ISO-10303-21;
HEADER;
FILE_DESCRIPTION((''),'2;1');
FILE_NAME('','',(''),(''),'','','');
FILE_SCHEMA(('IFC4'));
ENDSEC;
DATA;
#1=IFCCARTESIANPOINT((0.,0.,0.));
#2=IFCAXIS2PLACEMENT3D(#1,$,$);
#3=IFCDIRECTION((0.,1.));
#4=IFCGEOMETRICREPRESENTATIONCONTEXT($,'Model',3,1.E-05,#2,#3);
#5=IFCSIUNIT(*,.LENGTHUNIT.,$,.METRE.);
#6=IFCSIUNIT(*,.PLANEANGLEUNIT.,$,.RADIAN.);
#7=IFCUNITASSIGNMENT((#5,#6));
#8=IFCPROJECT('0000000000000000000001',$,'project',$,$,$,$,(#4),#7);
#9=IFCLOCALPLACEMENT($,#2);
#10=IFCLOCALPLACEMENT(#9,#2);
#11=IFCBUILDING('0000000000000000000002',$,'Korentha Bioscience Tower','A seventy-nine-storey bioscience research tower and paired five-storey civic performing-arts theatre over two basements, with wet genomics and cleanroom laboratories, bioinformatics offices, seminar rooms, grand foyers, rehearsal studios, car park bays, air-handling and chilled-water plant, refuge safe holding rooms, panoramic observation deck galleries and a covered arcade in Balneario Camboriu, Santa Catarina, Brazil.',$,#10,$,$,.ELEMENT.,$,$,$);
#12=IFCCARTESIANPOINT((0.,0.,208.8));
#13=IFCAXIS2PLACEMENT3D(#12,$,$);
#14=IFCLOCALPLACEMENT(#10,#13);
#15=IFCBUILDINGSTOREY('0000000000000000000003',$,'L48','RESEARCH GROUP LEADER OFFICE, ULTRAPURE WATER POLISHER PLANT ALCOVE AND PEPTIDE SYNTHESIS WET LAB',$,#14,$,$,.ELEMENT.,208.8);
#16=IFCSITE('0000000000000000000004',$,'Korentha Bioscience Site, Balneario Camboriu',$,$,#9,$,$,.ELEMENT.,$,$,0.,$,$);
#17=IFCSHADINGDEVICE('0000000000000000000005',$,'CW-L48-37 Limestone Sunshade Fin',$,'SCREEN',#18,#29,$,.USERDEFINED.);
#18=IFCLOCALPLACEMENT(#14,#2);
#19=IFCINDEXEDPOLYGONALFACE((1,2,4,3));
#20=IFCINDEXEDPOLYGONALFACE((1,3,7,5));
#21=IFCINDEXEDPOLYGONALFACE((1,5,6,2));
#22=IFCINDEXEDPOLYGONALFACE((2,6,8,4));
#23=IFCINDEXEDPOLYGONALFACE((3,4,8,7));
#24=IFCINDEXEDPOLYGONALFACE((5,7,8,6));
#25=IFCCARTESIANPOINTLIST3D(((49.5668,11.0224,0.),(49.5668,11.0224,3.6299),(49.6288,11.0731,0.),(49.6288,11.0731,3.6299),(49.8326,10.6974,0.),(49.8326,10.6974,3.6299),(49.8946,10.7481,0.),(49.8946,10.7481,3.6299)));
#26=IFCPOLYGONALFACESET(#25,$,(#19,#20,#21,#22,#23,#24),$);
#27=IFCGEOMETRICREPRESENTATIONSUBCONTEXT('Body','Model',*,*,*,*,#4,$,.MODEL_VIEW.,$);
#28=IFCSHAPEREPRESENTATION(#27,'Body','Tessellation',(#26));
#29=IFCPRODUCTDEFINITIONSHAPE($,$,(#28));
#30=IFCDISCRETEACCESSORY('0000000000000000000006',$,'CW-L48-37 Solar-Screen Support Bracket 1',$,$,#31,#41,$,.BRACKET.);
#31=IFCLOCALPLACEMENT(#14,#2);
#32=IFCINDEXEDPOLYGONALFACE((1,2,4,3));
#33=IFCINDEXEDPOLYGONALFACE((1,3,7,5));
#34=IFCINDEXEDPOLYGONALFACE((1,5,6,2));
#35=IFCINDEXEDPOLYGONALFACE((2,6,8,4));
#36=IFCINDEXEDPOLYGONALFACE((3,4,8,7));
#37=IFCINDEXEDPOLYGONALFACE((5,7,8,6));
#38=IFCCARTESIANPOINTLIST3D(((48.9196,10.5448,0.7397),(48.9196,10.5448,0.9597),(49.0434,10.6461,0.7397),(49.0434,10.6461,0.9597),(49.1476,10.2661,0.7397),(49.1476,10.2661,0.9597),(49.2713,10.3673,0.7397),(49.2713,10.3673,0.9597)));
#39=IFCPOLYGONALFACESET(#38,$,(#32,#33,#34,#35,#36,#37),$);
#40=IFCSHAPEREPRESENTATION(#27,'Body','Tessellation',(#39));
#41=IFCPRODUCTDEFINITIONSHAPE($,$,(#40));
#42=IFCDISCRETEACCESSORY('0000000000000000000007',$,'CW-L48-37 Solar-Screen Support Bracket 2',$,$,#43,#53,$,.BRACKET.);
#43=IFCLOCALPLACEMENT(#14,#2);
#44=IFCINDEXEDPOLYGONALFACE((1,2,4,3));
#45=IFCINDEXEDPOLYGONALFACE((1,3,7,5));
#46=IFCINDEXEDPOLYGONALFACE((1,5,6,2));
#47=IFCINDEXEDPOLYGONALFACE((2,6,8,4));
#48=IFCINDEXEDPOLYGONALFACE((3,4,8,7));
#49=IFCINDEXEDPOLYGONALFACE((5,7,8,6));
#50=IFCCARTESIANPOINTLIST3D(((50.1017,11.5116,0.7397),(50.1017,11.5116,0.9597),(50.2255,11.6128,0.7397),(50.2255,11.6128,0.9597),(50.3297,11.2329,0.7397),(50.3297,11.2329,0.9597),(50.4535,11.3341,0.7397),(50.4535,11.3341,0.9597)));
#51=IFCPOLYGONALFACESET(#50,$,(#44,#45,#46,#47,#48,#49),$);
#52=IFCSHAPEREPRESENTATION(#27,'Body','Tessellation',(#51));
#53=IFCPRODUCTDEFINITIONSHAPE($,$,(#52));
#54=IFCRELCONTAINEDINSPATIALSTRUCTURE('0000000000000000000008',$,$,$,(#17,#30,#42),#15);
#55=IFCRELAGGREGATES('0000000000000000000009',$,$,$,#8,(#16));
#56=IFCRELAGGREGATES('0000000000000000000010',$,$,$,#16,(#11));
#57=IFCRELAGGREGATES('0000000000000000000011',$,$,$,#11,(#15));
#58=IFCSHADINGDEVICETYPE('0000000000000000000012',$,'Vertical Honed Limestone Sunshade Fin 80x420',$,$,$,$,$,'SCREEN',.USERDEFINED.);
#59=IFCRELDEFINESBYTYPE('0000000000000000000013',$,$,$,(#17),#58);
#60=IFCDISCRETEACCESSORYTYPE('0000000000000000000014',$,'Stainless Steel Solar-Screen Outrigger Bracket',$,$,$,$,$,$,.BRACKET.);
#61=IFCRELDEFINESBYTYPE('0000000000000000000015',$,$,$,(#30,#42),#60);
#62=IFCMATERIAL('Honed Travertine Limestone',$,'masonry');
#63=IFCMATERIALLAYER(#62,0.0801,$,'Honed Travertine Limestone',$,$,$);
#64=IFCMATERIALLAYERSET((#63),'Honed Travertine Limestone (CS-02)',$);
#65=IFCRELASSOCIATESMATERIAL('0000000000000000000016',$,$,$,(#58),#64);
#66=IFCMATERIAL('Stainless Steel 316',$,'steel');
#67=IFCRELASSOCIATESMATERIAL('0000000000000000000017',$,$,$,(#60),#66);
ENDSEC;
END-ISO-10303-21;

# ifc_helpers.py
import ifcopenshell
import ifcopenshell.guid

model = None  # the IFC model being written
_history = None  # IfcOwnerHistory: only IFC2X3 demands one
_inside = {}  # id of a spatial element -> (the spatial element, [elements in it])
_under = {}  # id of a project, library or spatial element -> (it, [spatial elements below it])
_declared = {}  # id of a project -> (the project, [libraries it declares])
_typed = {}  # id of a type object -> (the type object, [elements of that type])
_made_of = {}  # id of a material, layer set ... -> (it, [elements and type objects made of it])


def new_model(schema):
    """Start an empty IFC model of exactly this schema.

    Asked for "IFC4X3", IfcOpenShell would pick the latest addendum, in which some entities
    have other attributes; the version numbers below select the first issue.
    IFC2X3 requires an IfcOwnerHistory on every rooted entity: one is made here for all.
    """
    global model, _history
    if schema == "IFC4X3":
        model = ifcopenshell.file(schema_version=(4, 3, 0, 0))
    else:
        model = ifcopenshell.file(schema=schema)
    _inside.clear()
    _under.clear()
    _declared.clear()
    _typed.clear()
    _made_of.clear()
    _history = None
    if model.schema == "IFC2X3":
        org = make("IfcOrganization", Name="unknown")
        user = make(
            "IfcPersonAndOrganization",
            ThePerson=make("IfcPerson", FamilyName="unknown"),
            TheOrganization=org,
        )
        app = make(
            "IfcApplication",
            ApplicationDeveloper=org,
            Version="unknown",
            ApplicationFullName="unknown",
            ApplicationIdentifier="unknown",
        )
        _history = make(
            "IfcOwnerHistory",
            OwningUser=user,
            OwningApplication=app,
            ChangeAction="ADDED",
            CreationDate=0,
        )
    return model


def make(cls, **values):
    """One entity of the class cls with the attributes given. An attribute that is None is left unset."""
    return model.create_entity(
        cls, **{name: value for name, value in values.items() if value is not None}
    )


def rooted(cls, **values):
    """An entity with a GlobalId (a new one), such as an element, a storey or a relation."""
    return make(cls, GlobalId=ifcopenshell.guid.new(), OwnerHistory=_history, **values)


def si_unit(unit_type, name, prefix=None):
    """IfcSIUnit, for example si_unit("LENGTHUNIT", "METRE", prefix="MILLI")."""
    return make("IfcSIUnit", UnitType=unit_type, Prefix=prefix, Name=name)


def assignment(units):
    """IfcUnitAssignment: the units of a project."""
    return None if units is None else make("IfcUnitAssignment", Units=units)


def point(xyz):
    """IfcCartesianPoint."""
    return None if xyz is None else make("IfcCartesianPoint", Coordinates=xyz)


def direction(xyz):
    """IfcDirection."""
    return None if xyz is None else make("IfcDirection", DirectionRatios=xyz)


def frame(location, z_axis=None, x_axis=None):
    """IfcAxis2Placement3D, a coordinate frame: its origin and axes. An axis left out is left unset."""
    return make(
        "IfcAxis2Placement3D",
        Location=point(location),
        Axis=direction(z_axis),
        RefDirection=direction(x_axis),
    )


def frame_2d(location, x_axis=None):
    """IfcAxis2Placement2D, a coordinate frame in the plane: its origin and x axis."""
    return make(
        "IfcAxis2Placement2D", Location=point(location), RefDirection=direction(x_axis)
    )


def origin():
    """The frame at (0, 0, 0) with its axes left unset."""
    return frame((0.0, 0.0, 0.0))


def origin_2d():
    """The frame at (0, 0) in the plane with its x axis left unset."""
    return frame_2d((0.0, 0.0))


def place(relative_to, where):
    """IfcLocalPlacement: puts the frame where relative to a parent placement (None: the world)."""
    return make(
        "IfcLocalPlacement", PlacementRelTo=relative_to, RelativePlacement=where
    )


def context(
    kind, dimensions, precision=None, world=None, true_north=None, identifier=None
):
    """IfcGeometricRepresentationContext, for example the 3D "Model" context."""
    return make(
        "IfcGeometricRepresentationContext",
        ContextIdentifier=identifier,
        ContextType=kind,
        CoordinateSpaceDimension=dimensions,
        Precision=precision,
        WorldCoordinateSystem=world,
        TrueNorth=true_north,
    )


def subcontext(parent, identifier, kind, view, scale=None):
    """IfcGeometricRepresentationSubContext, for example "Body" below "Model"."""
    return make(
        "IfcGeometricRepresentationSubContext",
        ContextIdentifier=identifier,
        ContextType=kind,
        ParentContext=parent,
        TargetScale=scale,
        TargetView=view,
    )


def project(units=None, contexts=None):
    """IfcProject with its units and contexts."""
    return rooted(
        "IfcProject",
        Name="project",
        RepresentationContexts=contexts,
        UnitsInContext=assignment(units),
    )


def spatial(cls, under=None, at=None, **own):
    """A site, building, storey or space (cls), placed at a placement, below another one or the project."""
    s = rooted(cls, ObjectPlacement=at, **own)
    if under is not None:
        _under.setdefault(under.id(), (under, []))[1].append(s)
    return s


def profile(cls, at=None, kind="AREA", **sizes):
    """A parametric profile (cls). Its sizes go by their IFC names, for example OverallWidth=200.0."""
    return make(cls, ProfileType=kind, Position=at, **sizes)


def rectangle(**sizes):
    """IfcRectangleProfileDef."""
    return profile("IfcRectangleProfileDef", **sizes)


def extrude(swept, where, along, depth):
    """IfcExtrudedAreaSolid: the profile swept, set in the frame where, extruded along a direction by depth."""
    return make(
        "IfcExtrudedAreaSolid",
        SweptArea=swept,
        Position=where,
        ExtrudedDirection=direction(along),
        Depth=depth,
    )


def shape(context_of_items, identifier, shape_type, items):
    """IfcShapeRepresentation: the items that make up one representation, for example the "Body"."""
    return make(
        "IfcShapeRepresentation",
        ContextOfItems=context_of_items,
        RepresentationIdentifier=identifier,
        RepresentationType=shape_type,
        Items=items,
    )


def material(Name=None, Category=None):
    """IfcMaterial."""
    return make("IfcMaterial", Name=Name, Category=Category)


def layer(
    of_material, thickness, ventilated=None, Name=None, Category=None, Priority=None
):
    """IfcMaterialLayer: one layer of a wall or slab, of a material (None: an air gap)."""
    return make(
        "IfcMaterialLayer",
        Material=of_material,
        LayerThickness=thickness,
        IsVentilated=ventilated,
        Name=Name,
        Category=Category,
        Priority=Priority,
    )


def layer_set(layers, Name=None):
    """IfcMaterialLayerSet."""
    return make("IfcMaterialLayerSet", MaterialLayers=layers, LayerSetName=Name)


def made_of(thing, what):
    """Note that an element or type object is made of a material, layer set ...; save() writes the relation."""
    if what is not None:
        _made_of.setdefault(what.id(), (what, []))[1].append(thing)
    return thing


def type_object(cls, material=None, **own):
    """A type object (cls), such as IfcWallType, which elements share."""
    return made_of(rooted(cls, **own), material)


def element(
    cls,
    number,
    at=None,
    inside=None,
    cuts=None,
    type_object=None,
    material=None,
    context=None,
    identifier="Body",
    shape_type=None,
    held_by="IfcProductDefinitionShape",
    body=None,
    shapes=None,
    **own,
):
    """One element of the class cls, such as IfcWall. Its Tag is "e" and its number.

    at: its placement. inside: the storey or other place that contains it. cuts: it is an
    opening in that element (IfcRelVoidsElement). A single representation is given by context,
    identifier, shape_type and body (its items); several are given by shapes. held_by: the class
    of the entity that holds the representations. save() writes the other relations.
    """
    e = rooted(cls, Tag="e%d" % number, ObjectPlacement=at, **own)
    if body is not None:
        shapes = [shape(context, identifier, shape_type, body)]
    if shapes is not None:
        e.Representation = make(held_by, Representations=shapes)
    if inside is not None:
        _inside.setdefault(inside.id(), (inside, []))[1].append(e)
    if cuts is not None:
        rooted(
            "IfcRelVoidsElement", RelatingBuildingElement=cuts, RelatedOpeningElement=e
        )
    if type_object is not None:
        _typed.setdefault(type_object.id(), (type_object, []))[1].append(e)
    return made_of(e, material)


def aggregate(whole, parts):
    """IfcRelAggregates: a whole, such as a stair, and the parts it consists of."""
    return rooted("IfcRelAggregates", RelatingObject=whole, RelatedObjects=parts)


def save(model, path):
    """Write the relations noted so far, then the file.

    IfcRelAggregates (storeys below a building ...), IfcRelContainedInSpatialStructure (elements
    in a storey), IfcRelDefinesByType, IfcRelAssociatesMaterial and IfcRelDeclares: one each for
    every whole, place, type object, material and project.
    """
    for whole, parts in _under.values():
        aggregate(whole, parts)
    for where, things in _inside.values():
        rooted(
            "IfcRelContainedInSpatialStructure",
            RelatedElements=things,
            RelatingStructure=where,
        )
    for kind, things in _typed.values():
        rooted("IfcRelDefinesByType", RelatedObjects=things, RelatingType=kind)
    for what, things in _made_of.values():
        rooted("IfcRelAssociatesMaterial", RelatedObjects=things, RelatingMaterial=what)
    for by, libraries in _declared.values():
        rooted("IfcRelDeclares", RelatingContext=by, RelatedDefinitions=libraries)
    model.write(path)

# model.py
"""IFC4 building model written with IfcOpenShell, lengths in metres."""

from ifc_helpers import new_model, si_unit, direction, frame, origin, origin_2d, place, context, subcontext, project, spatial, rectangle, extrude, material, layer, layer_set, type_object, element, save


model = new_model("IFC4")

# Units and contexts
model_context = context("Model", 3, precision=1e-05, world=origin(), true_north=direction((0.0, 1.0)))
body_context = subcontext(model_context, "Body", "Model", "MODEL_VIEW")
ifc_project = project(units=[si_unit("LENGTHUNIT", "METRE"), si_unit("PLANEANGLEUNIT", "RADIAN")], contexts=[model_context])

# Site, building, storey
site_placement = place(None, origin())
site = spatial("IfcSite", under=ifc_project, at=site_placement, Name="Korentha Bioscience Site, Balneario Camboriu", CompositionType="ELEMENT", RefElevation=0.0)
building_placement = place(site_placement, origin())
building = spatial("IfcBuilding", under=site, at=building_placement, Name="Korentha Bioscience Tower", Description="A seventy-nine-storey bioscience research tower and paired five-storey civic performing-arts theatre over two basements, with wet genomics and cleanroom laboratories, bioinformatics offices, seminar rooms, grand foyers, rehearsal studios, car park bays, air-handling and chilled-water plant, refuge safe holding rooms, panoramic observation deck galleries and a covered arcade in Balneario Camboriu, Santa Catarina, Brazil.", CompositionType="ELEMENT")
storey_placement = place(building_placement, frame((0.0, 0.0, 208.8)))
storey = spatial("IfcBuildingStorey", under=building, at=storey_placement, Name="L48", Description="RESEARCH GROUP LEADER OFFICE, ULTRAPURE WATER POLISHER PLANT ALCOVE AND PEPTIDE SYNTHESIS WET LAB", CompositionType="ELEMENT", Elevation=208.8)

# Shading device
ifc_material_1 = material(Name="Honed Travertine Limestone", Category="masonry")
ifc_layer_1 = layer(ifc_material_1, 0.0801, Name="Honed Travertine Limestone")
ifc_layer_set_1 = layer_set([ifc_layer_1], Name="Honed Travertine Limestone (CS-02)")
shading_device_type_1 = type_object("IfcShadingDeviceType", Name="Vertical Honed Limestone Sunshade Fin 80x420", ElementType="SCREEN", PredefinedType="USERDEFINED", material=ifc_layer_set_1)
shading_device_1_placement = place(storey_placement, frame((49.7307, 10.8853, 0.0), z_axis=(0.0, 0.0, 1.0), x_axis=(0.774088, 0.633078, 0.0)))
element("IfcShadingDevice", 1, at=shading_device_1_placement, inside=storey, type_object=shading_device_type_1, Name="CW-L48-37 Limestone Sunshade Fin", ObjectType="SCREEN", PredefinedType="USERDEFINED", context=body_context, shape_type="SweptSolid", body=[
    extrude(rectangle(XDim=0.0801, YDim=0.4199, at=origin_2d()), origin(), (0.0, 0.0, 1.0), 3.6299),
])

# Discrete accessories
ifc_material_2 = material(Name="Stainless Steel 316", Category="steel")
discrete_accessory_type = type_object("IfcDiscreteAccessoryType", Name="Stainless Steel Solar-Screen Outrigger Bracket", PredefinedType="BRACKET", material=ifc_material_2)
for number, where, z_axis, x_axis, name in (
    (2, (49.0955, 10.4561, 0.7397), (0.0, 0.0, 1.0), (0.774088, 0.633078, 0.0), "CW-L48-37 Solar-Screen Support Bracket 1"),
    (3, (50.2776, 11.4229, 0.7397), (0.0, 0.0, 1.0), (0.774088, 0.633078, 0.0), "CW-L48-37 Solar-Screen Support Bracket 2"),
):
    element("IfcDiscreteAccessory", number, at=place(storey_placement, frame(where, z_axis=z_axis, x_axis=x_axis)), inside=storey, type_object=discrete_accessory_type, Name=name, PredefinedType="BRACKET", context=body_context, shape_type="SweptSolid", body=[
        extrude(rectangle(XDim=0.1599, YDim=0.3601, at=origin_2d()), origin(), (0.0, 0.0, 1.0), 0.22),
    ])

save(model, "model.ifc")
